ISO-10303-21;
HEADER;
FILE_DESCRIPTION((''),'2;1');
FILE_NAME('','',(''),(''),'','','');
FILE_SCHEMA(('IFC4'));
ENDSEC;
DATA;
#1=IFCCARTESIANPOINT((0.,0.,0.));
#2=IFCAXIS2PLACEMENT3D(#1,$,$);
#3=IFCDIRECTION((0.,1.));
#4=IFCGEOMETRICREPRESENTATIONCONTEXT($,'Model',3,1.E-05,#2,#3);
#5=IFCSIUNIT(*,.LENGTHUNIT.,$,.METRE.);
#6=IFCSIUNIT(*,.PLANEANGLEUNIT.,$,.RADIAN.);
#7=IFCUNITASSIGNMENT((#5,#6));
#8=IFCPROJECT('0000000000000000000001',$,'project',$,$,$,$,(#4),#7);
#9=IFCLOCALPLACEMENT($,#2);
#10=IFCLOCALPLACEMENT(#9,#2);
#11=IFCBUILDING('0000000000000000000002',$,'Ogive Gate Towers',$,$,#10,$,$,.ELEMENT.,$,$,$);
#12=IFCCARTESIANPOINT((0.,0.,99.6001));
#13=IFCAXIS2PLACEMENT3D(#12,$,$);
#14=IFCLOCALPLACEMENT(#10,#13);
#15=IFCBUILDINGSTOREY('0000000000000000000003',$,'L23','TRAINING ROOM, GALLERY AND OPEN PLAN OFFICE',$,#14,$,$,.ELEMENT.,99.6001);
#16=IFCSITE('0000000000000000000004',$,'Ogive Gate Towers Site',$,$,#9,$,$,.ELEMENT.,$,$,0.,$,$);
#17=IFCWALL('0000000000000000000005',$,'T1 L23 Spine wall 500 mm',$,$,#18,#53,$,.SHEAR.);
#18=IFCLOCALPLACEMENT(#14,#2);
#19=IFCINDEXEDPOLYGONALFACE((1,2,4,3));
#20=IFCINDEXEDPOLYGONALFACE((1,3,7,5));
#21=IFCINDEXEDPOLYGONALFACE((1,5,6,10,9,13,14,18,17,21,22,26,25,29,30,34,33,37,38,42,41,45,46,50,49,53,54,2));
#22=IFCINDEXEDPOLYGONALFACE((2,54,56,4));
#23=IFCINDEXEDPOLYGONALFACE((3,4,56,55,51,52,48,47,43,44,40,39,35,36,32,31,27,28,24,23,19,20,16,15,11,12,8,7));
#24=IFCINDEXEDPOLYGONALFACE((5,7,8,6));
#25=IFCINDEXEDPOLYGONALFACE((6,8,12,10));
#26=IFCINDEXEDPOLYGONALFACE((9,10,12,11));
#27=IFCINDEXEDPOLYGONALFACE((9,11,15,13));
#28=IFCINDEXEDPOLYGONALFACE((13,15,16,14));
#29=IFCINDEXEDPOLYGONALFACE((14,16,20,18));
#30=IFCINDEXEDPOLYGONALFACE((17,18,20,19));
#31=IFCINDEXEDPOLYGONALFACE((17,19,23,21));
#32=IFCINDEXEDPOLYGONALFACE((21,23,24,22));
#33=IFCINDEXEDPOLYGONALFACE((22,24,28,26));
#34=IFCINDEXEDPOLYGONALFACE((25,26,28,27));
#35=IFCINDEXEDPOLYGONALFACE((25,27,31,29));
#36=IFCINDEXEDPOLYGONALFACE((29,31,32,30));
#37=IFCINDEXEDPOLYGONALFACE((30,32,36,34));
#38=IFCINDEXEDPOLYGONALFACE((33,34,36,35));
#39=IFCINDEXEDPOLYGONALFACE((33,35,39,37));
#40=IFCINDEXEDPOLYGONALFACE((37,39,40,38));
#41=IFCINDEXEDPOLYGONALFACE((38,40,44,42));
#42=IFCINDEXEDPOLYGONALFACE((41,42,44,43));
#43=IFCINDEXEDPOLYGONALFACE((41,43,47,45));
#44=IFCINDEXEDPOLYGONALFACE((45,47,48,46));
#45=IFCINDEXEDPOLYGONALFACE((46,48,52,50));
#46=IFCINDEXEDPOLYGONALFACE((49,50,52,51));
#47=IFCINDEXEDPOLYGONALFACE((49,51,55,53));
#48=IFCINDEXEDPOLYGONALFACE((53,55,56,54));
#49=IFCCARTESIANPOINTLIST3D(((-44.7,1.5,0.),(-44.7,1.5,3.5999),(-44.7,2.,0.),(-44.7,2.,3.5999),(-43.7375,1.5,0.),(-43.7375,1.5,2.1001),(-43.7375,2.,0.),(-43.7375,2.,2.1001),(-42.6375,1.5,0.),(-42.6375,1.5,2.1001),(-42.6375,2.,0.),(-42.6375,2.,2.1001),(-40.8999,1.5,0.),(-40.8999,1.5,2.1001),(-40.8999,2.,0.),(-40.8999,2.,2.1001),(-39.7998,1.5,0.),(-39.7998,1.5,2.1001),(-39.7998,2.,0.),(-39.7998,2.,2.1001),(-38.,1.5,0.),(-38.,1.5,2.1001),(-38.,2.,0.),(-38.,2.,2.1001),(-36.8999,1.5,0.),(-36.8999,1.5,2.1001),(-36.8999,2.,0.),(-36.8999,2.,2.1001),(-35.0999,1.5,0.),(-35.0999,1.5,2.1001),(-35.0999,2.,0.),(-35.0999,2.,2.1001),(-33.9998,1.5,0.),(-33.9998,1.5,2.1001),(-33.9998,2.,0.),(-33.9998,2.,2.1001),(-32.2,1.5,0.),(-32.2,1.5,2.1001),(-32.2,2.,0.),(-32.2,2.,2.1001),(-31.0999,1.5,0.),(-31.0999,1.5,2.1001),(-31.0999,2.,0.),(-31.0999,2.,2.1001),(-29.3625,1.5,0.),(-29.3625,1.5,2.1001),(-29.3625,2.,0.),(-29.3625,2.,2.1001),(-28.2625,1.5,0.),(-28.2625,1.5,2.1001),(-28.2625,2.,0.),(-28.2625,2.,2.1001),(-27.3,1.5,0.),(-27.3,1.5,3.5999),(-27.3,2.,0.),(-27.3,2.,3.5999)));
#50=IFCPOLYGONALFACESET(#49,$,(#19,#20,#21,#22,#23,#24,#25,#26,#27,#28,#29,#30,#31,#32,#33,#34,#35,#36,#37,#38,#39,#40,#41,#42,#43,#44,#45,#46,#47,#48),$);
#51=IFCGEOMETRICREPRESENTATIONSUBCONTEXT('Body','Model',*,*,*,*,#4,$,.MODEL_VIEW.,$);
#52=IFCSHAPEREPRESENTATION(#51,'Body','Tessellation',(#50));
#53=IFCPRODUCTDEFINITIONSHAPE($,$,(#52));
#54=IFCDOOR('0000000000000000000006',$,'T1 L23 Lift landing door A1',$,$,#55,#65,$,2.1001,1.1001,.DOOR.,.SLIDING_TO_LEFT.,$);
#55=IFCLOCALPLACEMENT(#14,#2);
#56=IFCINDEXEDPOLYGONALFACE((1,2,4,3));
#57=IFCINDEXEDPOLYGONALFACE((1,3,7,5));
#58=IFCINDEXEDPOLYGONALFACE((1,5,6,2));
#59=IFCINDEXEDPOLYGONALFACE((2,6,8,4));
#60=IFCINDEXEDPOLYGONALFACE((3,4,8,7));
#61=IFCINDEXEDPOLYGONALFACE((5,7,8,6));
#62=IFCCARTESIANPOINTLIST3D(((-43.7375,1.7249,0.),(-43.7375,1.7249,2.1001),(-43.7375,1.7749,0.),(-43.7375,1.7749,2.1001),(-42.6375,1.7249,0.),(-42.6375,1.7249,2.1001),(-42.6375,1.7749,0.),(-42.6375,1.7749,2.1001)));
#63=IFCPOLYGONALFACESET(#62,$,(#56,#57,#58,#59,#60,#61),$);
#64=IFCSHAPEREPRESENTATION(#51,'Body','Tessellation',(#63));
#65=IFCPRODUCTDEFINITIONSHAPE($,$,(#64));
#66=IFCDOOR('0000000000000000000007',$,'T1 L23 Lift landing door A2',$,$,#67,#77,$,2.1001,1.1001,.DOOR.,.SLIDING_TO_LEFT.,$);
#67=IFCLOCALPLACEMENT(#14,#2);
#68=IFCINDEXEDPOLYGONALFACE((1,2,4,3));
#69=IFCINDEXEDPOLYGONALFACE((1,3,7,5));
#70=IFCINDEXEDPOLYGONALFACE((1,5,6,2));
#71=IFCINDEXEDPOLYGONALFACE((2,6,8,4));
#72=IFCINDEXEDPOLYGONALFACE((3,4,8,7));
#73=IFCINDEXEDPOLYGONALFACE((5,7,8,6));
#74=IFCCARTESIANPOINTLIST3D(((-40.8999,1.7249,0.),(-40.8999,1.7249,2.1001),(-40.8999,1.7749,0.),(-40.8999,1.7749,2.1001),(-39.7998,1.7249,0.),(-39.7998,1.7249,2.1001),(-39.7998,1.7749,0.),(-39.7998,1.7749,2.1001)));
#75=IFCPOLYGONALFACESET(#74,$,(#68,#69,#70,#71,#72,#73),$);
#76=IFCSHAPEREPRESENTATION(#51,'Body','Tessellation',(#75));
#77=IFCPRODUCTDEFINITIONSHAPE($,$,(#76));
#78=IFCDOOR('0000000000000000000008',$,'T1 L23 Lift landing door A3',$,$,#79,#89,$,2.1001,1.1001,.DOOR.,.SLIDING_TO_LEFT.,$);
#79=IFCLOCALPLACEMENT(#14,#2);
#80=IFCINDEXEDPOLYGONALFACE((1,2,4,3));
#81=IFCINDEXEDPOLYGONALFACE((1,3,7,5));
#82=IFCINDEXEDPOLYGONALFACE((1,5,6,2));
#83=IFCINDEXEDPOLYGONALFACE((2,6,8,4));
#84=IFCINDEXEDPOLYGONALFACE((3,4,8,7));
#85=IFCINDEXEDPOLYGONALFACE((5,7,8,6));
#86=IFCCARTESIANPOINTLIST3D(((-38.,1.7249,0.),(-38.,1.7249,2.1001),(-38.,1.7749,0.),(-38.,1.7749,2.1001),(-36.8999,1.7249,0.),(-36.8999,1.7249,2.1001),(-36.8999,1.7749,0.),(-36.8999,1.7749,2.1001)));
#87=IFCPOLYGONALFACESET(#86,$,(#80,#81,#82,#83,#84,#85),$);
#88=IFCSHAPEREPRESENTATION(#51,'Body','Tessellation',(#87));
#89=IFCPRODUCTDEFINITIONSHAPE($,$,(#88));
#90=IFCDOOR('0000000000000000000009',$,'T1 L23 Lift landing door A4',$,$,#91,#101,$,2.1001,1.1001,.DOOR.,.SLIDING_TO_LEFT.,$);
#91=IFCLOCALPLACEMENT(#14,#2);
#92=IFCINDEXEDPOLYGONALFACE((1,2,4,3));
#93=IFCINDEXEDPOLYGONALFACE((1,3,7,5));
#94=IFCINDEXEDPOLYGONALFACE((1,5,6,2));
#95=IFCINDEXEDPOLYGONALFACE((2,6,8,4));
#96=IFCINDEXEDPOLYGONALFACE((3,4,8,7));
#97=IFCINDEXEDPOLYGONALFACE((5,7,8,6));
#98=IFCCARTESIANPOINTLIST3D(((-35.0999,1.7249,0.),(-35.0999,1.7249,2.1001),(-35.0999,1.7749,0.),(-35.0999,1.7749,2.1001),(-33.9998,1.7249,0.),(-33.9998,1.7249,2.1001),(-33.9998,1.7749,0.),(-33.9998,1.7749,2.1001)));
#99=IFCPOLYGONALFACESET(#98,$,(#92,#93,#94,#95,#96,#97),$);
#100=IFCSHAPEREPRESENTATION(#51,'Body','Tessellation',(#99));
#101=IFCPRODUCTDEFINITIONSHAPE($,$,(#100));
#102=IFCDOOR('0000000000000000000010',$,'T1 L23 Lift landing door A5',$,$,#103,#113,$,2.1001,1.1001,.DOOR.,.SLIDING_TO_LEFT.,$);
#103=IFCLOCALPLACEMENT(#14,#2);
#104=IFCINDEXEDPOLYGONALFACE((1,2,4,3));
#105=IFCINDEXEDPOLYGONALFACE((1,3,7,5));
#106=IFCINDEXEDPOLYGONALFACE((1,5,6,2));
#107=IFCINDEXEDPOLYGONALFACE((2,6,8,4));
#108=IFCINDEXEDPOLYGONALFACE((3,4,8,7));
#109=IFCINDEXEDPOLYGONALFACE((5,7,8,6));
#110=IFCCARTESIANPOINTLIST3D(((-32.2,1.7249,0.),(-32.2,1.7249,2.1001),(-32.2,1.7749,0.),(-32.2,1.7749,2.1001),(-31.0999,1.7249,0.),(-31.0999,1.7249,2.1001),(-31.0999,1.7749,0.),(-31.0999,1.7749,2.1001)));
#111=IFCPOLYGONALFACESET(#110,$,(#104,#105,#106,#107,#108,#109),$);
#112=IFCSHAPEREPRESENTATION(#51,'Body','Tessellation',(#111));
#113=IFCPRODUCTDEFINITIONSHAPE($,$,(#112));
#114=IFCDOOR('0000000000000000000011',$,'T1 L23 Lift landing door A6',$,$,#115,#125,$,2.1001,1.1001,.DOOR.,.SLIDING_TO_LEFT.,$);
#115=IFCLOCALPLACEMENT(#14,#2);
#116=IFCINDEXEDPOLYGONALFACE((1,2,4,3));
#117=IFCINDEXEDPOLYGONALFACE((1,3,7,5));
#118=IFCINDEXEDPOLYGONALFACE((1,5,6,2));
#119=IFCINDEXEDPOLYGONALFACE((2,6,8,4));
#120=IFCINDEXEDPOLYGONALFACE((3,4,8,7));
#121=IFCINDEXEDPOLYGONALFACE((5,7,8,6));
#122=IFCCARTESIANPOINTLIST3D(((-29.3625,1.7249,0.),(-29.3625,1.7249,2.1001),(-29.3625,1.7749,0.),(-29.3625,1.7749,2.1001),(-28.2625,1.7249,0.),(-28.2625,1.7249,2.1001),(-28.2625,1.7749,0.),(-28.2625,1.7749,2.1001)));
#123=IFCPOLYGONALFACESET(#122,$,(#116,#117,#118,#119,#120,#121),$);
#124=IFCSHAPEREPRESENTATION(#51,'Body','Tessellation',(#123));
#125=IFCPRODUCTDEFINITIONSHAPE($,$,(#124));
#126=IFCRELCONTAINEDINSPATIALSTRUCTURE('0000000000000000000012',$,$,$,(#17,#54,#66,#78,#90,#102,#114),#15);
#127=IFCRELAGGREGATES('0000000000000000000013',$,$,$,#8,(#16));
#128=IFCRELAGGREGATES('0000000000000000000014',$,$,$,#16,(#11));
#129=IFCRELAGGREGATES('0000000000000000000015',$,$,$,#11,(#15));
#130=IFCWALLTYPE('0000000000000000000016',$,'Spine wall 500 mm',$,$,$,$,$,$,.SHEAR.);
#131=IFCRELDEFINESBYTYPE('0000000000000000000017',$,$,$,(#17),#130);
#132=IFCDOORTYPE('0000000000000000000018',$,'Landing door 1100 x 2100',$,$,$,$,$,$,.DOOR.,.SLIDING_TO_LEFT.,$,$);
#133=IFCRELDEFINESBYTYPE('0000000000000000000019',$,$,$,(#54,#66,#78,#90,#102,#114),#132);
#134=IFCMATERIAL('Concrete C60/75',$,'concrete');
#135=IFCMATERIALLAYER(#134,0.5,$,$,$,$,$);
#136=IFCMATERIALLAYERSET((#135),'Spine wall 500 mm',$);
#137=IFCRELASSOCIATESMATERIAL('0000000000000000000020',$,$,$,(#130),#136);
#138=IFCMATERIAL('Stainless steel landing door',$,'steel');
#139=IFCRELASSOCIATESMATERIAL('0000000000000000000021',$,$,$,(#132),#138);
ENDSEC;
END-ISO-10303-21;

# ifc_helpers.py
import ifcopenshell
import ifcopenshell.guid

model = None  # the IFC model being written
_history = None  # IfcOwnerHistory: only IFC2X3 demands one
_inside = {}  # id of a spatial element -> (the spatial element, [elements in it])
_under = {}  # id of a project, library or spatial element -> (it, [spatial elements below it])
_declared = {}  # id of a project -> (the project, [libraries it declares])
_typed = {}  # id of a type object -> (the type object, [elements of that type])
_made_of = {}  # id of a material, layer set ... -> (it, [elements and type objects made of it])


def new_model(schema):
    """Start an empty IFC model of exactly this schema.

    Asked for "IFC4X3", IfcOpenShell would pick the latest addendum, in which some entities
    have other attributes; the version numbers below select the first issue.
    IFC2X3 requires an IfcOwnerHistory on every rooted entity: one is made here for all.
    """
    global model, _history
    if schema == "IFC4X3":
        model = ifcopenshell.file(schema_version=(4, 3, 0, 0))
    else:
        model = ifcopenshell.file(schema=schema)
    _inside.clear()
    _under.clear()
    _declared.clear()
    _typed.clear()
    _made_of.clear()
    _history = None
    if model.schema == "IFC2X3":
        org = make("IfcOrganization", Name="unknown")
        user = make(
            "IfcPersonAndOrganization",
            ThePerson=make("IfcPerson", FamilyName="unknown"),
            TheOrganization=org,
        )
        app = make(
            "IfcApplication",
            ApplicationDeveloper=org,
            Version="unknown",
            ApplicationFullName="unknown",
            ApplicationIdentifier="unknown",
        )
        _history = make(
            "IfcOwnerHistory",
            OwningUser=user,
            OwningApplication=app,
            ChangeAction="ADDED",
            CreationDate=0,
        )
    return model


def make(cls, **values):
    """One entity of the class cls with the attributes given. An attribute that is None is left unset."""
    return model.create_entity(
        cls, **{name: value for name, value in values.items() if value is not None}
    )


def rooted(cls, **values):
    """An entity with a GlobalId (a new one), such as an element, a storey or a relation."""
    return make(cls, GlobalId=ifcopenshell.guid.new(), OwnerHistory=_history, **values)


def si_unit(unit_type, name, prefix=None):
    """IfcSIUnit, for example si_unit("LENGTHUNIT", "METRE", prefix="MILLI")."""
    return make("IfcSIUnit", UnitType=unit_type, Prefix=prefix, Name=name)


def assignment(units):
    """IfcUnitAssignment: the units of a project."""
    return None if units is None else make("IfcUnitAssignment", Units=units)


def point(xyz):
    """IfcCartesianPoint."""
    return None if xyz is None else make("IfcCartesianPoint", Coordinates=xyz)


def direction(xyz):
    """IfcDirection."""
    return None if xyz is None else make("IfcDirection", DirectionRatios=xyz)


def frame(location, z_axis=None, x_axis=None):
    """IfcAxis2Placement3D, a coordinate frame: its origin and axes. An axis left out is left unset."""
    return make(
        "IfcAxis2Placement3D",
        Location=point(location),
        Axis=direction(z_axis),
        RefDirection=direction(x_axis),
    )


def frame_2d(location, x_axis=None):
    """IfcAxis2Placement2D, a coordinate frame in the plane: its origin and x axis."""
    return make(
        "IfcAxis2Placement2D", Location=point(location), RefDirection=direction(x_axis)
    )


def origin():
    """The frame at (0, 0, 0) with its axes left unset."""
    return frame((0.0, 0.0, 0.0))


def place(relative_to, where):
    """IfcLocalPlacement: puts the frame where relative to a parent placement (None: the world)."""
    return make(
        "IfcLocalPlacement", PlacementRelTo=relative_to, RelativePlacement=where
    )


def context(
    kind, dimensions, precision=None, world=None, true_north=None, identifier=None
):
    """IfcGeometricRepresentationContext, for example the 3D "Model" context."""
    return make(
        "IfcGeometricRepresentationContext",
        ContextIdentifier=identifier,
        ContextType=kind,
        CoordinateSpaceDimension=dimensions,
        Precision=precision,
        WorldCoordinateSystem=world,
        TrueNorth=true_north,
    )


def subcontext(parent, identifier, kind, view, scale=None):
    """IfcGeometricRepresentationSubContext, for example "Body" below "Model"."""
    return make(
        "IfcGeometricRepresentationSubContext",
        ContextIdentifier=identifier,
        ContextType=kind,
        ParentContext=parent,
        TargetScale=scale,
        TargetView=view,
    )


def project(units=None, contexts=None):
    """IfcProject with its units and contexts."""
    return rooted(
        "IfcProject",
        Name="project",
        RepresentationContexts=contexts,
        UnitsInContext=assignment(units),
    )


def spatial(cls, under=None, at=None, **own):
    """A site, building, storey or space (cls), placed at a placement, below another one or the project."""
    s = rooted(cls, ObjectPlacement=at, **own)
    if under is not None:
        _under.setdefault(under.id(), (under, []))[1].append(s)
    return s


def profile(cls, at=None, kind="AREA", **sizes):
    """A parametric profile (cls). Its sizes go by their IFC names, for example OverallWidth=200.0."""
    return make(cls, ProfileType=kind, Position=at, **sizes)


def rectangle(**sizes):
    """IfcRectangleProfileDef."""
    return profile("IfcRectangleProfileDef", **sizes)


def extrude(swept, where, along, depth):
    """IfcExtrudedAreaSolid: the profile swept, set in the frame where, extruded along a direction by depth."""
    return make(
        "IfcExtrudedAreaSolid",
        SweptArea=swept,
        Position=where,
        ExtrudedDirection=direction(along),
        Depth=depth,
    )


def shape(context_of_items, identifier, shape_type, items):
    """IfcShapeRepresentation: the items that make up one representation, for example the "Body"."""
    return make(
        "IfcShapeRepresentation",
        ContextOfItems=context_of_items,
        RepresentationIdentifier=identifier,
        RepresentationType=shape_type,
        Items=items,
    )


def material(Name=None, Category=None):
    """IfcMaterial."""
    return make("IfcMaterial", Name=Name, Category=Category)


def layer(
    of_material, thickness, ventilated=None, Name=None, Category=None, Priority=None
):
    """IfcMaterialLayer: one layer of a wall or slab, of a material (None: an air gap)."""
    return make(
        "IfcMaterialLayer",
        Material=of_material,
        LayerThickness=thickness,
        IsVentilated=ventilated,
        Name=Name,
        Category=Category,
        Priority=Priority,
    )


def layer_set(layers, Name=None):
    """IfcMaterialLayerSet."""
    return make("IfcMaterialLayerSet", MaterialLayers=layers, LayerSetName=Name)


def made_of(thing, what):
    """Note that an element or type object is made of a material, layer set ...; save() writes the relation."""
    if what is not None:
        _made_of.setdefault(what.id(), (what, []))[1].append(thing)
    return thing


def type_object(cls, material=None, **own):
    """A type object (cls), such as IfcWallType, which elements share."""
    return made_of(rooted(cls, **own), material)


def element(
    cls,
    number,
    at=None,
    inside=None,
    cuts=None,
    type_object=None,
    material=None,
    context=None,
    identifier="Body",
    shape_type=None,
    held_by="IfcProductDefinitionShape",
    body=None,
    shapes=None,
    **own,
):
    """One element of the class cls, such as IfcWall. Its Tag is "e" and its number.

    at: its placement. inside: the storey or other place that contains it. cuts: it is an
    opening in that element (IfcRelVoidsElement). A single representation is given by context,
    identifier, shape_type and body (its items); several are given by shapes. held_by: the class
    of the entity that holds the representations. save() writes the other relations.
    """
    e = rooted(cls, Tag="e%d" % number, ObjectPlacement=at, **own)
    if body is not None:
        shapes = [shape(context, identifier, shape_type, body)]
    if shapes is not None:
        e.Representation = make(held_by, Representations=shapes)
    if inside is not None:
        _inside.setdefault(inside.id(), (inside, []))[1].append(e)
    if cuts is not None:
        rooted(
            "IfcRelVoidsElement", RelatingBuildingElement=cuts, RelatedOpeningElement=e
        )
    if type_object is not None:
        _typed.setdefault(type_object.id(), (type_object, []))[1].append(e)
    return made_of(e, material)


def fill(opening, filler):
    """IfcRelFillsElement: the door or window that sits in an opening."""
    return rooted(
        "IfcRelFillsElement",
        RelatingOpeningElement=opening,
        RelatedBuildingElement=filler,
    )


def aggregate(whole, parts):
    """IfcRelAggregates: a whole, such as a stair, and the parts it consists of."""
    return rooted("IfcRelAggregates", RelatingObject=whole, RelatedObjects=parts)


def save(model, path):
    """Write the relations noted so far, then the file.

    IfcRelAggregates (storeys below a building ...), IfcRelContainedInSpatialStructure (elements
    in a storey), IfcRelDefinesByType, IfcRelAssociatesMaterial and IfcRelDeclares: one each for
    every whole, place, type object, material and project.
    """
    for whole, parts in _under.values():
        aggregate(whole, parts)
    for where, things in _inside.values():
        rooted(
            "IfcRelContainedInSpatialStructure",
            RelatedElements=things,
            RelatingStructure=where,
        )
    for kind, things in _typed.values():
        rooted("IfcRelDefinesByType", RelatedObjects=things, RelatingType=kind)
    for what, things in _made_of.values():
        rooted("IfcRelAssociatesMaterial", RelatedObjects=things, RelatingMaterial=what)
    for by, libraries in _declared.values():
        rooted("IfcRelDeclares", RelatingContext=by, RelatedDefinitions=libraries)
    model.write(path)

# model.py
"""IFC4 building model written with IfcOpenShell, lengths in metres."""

from ifc_helpers import new_model, si_unit, direction, frame, frame_2d, origin, place, context, subcontext, project, spatial, rectangle, extrude, material, layer, layer_set, type_object, element, fill, save


model = new_model("IFC4")

# Units and contexts
model_context = context("Model", 3, precision=1e-05, world=origin(), true_north=direction((0.0, 1.0)))
body_context = subcontext(model_context, "Body", "Model", "MODEL_VIEW")
ifc_project = project(units=[si_unit("LENGTHUNIT", "METRE"), si_unit("PLANEANGLEUNIT", "RADIAN")], contexts=[model_context])

# Site, building, storey
site_placement = place(None, origin())
site = spatial("IfcSite", under=ifc_project, at=site_placement, Name="Ogive Gate Towers Site", CompositionType="ELEMENT", RefElevation=0.0)
building_placement = place(site_placement, origin())
building = spatial("IfcBuilding", under=site, at=building_placement, Name="Ogive Gate Towers", CompositionType="ELEMENT")
storey_placement = place(building_placement, frame((0.0, 0.0, 99.6001)))
storey = spatial("IfcBuildingStorey", under=building, at=storey_placement, Name="L23", Description="TRAINING ROOM, GALLERY AND OPEN PLAN OFFICE", CompositionType="ELEMENT", Elevation=99.6001)

# Shared definitions
ifc_material_1 = material(Name="Concrete C60/75", Category="concrete")

# Wall, openings, doors
ifc_layer_1 = layer(ifc_material_1, 0.5)
ifc_layer_set_1 = layer_set([ifc_layer_1], Name="Spine wall 500 mm")
wall_type_1 = type_object("IfcWallType", Name="Spine wall 500 mm", PredefinedType="SHEAR", material=ifc_layer_set_1)
ifc_material_2 = material(Name="Stainless steel landing door", Category="steel")
wall_1_placement = place(storey_placement, frame((-44.7, 1.75, 0.0), z_axis=(0.0, 0.0, 1.0), x_axis=(1.0, 0.0, 0.0)))
wall_1 = element("IfcWall", 1, at=wall_1_placement, inside=storey, type_object=wall_type_1, Name="T1 L23 Spine wall 500 mm", PredefinedType="SHEAR", context=body_context, shape_type="SweptSolid", body=[
    extrude(rectangle(XDim=17.3999, YDim=0.5, at=frame_2d((8.7, 0.0))), origin(), (0.0, 0.0, 1.0), 3.5999),
])
opening_1_placement = place(wall_1_placement, frame((0.9624, 0.0, 0.0)))
opening_1 = element("IfcOpeningElement", 2, at=opening_1_placement, cuts=wall_1, PredefinedType="OPENING", context=body_context, shape_type="SweptSolid", body=[
    extrude(rectangle(XDim=1.1001, YDim=2.1001, at=frame_2d((0.55, 1.05))), frame((0.0, 0.26, 0.0), z_axis=(0.0, -1.0, 0.0), x_axis=(1.0, 0.0, 0.0)), (0.0, 0.0, 1.0), 0.52),
])
opening_2_placement = place(wall_1_placement, frame((3.8, 0.0, 0.0)))
opening_2 = element("IfcOpeningElement", 3, at=opening_2_placement, cuts=wall_1, PredefinedType="OPENING", context=body_context, shape_type="SweptSolid", body=[
    extrude(rectangle(XDim=1.1001, YDim=2.1001, at=frame_2d((0.55, 1.05))), frame((0.0, 0.26, 0.0), z_axis=(0.0, -1.0, 0.0), x_axis=(1.0, 0.0, 0.0)), (0.0, 0.0, 1.0), 0.52),
])
opening_3_placement = place(wall_1_placement, frame((6.7, 0.0, 0.0)))
opening_3 = element("IfcOpeningElement", 4, at=opening_3_placement, cuts=wall_1, PredefinedType="OPENING", context=body_context, shape_type="SweptSolid", body=[
    extrude(rectangle(XDim=1.1001, YDim=2.1001, at=frame_2d((0.55, 1.05))), frame((0.0, 0.26, 0.0), z_axis=(0.0, -1.0, 0.0), x_axis=(1.0, 0.0, 0.0)), (0.0, 0.0, 1.0), 0.52),
])
opening_4_placement = place(wall_1_placement, frame((9.6001, 0.0, 0.0)))
opening_4 = element("IfcOpeningElement", 5, at=opening_4_placement, cuts=wall_1, PredefinedType="OPENING", context=body_context, shape_type="SweptSolid", body=[
    extrude(rectangle(XDim=1.1001, YDim=2.1001, at=frame_2d((0.55, 1.05))), frame((0.0, 0.26, 0.0), z_axis=(0.0, -1.0, 0.0), x_axis=(1.0, 0.0, 0.0)), (0.0, 0.0, 1.0), 0.52),
])
opening_5_placement = place(wall_1_placement, frame((12.5, 0.0, 0.0)))
opening_5 = element("IfcOpeningElement", 6, at=opening_5_placement, cuts=wall_1, PredefinedType="OPENING", context=body_context, shape_type="SweptSolid", body=[
    extrude(rectangle(XDim=1.1001, YDim=2.1001, at=frame_2d((0.55, 1.05))), frame((0.0, 0.26, 0.0), z_axis=(0.0, -1.0, 0.0), x_axis=(1.0, 0.0, 0.0)), (0.0, 0.0, 1.0), 0.52),
])
opening_6_placement = place(wall_1_placement, frame((15.3374, 0.0, 0.0)))
opening_6 = element("IfcOpeningElement", 7, at=opening_6_placement, cuts=wall_1, PredefinedType="OPENING", context=body_context, shape_type="SweptSolid", body=[
    extrude(rectangle(XDim=1.1001, YDim=2.1001, at=frame_2d((0.55, 1.05))), frame((0.0, 0.26, 0.0), z_axis=(0.0, -1.0, 0.0), x_axis=(1.0, 0.0, 0.0)), (0.0, 0.0, 1.0), 0.52),
])
door_type_1 = type_object("IfcDoorType", Name="Landing door 1100 x 2100", OperationType="SLIDING_TO_LEFT", PredefinedType="DOOR", material=ifc_material_2)
door_1_placement = place(opening_1_placement, origin())
door_1 = element("IfcDoor", 8, at=door_1_placement, inside=storey, type_object=door_type_1, Name="T1 L23 Lift landing door A1", OperationType="SLIDING_TO_LEFT", OverallHeight=2.1001, OverallWidth=1.1001, PredefinedType="DOOR", context=body_context, shape_type="SweptSolid", body=[
    extrude(rectangle(XDim=1.1001, YDim=2.1001, at=frame_2d((0.55, 1.05))), frame((0.0, 0.0249, 0.0), z_axis=(0.0, -1.0, 0.0), x_axis=(1.0, 0.0, 0.0)), (0.0, 0.0, 1.0), 0.05),
])
fill(opening_1, door_1)
door_2_placement = place(opening_2_placement, origin())
door_2 = element("IfcDoor", 9, at=door_2_placement, inside=storey, type_object=door_type_1, Name="T1 L23 Lift landing door A2", OperationType="SLIDING_TO_LEFT", OverallHeight=2.1001, OverallWidth=1.1001, PredefinedType="DOOR", context=body_context, shape_type="SweptSolid", body=[
    extrude(rectangle(XDim=1.1001, YDim=2.1001, at=frame_2d((0.55, 1.05))), frame((0.0, 0.0249, 0.0), z_axis=(0.0, -1.0, 0.0), x_axis=(1.0, 0.0, 0.0)), (0.0, 0.0, 1.0), 0.05),
])
fill(opening_2, door_2)
door_3_placement = place(opening_3_placement, origin())
door_3 = element("IfcDoor", 10, at=door_3_placement, inside=storey, type_object=door_type_1, Name="T1 L23 Lift landing door A3", OperationType="SLIDING_TO_LEFT", OverallHeight=2.1001, OverallWidth=1.1001, PredefinedType="DOOR", context=body_context, shape_type="SweptSolid", body=[
    extrude(rectangle(XDim=1.1001, YDim=2.1001, at=frame_2d((0.55, 1.05))), frame((0.0, 0.0249, 0.0), z_axis=(0.0, -1.0, 0.0), x_axis=(1.0, 0.0, 0.0)), (0.0, 0.0, 1.0), 0.05),
])
fill(opening_3, door_3)
door_4_placement = place(opening_4_placement, origin())
door_4 = element("IfcDoor", 11, at=door_4_placement, inside=storey, type_object=door_type_1, Name="T1 L23 Lift landing door A4", OperationType="SLIDING_TO_LEFT", OverallHeight=2.1001, OverallWidth=1.1001, PredefinedType="DOOR", context=body_context, shape_type="SweptSolid", body=[
    extrude(rectangle(XDim=1.1001, YDim=2.1001, at=frame_2d((0.55, 1.05))), frame((0.0, 0.0249, 0.0), z_axis=(0.0, -1.0, 0.0), x_axis=(1.0, 0.0, 0.0)), (0.0, 0.0, 1.0), 0.05),
])
fill(opening_4, door_4)
door_5_placement = place(opening_5_placement, origin())
door_5 = element("IfcDoor", 12, at=door_5_placement, inside=storey, type_object=door_type_1, Name="T1 L23 Lift landing door A5", OperationType="SLIDING_TO_LEFT", OverallHeight=2.1001, OverallWidth=1.1001, PredefinedType="DOOR", context=body_context, shape_type="SweptSolid", body=[
    extrude(rectangle(XDim=1.1001, YDim=2.1001, at=frame_2d((0.55, 1.05))), frame((0.0, 0.0249, 0.0), z_axis=(0.0, -1.0, 0.0), x_axis=(1.0, 0.0, 0.0)), (0.0, 0.0, 1.0), 0.05),
])
fill(opening_5, door_5)
door_6_placement = place(opening_6_placement, origin())
door_6 = element("IfcDoor", 13, at=door_6_placement, inside=storey, type_object=door_type_1, Name="T1 L23 Lift landing door A6", OperationType="SLIDING_TO_LEFT", OverallHeight=2.1001, OverallWidth=1.1001, PredefinedType="DOOR", context=body_context, shape_type="SweptSolid", body=[
    extrude(rectangle(XDim=1.1001, YDim=2.1001, at=frame_2d((0.55, 1.05))), frame((0.0, 0.0249, 0.0), z_axis=(0.0, -1.0, 0.0), x_axis=(1.0, 0.0, 0.0)), (0.0, 0.0, 1.0), 0.05),
])
fill(opening_6, door_6)

save(model, "model.ifc")
